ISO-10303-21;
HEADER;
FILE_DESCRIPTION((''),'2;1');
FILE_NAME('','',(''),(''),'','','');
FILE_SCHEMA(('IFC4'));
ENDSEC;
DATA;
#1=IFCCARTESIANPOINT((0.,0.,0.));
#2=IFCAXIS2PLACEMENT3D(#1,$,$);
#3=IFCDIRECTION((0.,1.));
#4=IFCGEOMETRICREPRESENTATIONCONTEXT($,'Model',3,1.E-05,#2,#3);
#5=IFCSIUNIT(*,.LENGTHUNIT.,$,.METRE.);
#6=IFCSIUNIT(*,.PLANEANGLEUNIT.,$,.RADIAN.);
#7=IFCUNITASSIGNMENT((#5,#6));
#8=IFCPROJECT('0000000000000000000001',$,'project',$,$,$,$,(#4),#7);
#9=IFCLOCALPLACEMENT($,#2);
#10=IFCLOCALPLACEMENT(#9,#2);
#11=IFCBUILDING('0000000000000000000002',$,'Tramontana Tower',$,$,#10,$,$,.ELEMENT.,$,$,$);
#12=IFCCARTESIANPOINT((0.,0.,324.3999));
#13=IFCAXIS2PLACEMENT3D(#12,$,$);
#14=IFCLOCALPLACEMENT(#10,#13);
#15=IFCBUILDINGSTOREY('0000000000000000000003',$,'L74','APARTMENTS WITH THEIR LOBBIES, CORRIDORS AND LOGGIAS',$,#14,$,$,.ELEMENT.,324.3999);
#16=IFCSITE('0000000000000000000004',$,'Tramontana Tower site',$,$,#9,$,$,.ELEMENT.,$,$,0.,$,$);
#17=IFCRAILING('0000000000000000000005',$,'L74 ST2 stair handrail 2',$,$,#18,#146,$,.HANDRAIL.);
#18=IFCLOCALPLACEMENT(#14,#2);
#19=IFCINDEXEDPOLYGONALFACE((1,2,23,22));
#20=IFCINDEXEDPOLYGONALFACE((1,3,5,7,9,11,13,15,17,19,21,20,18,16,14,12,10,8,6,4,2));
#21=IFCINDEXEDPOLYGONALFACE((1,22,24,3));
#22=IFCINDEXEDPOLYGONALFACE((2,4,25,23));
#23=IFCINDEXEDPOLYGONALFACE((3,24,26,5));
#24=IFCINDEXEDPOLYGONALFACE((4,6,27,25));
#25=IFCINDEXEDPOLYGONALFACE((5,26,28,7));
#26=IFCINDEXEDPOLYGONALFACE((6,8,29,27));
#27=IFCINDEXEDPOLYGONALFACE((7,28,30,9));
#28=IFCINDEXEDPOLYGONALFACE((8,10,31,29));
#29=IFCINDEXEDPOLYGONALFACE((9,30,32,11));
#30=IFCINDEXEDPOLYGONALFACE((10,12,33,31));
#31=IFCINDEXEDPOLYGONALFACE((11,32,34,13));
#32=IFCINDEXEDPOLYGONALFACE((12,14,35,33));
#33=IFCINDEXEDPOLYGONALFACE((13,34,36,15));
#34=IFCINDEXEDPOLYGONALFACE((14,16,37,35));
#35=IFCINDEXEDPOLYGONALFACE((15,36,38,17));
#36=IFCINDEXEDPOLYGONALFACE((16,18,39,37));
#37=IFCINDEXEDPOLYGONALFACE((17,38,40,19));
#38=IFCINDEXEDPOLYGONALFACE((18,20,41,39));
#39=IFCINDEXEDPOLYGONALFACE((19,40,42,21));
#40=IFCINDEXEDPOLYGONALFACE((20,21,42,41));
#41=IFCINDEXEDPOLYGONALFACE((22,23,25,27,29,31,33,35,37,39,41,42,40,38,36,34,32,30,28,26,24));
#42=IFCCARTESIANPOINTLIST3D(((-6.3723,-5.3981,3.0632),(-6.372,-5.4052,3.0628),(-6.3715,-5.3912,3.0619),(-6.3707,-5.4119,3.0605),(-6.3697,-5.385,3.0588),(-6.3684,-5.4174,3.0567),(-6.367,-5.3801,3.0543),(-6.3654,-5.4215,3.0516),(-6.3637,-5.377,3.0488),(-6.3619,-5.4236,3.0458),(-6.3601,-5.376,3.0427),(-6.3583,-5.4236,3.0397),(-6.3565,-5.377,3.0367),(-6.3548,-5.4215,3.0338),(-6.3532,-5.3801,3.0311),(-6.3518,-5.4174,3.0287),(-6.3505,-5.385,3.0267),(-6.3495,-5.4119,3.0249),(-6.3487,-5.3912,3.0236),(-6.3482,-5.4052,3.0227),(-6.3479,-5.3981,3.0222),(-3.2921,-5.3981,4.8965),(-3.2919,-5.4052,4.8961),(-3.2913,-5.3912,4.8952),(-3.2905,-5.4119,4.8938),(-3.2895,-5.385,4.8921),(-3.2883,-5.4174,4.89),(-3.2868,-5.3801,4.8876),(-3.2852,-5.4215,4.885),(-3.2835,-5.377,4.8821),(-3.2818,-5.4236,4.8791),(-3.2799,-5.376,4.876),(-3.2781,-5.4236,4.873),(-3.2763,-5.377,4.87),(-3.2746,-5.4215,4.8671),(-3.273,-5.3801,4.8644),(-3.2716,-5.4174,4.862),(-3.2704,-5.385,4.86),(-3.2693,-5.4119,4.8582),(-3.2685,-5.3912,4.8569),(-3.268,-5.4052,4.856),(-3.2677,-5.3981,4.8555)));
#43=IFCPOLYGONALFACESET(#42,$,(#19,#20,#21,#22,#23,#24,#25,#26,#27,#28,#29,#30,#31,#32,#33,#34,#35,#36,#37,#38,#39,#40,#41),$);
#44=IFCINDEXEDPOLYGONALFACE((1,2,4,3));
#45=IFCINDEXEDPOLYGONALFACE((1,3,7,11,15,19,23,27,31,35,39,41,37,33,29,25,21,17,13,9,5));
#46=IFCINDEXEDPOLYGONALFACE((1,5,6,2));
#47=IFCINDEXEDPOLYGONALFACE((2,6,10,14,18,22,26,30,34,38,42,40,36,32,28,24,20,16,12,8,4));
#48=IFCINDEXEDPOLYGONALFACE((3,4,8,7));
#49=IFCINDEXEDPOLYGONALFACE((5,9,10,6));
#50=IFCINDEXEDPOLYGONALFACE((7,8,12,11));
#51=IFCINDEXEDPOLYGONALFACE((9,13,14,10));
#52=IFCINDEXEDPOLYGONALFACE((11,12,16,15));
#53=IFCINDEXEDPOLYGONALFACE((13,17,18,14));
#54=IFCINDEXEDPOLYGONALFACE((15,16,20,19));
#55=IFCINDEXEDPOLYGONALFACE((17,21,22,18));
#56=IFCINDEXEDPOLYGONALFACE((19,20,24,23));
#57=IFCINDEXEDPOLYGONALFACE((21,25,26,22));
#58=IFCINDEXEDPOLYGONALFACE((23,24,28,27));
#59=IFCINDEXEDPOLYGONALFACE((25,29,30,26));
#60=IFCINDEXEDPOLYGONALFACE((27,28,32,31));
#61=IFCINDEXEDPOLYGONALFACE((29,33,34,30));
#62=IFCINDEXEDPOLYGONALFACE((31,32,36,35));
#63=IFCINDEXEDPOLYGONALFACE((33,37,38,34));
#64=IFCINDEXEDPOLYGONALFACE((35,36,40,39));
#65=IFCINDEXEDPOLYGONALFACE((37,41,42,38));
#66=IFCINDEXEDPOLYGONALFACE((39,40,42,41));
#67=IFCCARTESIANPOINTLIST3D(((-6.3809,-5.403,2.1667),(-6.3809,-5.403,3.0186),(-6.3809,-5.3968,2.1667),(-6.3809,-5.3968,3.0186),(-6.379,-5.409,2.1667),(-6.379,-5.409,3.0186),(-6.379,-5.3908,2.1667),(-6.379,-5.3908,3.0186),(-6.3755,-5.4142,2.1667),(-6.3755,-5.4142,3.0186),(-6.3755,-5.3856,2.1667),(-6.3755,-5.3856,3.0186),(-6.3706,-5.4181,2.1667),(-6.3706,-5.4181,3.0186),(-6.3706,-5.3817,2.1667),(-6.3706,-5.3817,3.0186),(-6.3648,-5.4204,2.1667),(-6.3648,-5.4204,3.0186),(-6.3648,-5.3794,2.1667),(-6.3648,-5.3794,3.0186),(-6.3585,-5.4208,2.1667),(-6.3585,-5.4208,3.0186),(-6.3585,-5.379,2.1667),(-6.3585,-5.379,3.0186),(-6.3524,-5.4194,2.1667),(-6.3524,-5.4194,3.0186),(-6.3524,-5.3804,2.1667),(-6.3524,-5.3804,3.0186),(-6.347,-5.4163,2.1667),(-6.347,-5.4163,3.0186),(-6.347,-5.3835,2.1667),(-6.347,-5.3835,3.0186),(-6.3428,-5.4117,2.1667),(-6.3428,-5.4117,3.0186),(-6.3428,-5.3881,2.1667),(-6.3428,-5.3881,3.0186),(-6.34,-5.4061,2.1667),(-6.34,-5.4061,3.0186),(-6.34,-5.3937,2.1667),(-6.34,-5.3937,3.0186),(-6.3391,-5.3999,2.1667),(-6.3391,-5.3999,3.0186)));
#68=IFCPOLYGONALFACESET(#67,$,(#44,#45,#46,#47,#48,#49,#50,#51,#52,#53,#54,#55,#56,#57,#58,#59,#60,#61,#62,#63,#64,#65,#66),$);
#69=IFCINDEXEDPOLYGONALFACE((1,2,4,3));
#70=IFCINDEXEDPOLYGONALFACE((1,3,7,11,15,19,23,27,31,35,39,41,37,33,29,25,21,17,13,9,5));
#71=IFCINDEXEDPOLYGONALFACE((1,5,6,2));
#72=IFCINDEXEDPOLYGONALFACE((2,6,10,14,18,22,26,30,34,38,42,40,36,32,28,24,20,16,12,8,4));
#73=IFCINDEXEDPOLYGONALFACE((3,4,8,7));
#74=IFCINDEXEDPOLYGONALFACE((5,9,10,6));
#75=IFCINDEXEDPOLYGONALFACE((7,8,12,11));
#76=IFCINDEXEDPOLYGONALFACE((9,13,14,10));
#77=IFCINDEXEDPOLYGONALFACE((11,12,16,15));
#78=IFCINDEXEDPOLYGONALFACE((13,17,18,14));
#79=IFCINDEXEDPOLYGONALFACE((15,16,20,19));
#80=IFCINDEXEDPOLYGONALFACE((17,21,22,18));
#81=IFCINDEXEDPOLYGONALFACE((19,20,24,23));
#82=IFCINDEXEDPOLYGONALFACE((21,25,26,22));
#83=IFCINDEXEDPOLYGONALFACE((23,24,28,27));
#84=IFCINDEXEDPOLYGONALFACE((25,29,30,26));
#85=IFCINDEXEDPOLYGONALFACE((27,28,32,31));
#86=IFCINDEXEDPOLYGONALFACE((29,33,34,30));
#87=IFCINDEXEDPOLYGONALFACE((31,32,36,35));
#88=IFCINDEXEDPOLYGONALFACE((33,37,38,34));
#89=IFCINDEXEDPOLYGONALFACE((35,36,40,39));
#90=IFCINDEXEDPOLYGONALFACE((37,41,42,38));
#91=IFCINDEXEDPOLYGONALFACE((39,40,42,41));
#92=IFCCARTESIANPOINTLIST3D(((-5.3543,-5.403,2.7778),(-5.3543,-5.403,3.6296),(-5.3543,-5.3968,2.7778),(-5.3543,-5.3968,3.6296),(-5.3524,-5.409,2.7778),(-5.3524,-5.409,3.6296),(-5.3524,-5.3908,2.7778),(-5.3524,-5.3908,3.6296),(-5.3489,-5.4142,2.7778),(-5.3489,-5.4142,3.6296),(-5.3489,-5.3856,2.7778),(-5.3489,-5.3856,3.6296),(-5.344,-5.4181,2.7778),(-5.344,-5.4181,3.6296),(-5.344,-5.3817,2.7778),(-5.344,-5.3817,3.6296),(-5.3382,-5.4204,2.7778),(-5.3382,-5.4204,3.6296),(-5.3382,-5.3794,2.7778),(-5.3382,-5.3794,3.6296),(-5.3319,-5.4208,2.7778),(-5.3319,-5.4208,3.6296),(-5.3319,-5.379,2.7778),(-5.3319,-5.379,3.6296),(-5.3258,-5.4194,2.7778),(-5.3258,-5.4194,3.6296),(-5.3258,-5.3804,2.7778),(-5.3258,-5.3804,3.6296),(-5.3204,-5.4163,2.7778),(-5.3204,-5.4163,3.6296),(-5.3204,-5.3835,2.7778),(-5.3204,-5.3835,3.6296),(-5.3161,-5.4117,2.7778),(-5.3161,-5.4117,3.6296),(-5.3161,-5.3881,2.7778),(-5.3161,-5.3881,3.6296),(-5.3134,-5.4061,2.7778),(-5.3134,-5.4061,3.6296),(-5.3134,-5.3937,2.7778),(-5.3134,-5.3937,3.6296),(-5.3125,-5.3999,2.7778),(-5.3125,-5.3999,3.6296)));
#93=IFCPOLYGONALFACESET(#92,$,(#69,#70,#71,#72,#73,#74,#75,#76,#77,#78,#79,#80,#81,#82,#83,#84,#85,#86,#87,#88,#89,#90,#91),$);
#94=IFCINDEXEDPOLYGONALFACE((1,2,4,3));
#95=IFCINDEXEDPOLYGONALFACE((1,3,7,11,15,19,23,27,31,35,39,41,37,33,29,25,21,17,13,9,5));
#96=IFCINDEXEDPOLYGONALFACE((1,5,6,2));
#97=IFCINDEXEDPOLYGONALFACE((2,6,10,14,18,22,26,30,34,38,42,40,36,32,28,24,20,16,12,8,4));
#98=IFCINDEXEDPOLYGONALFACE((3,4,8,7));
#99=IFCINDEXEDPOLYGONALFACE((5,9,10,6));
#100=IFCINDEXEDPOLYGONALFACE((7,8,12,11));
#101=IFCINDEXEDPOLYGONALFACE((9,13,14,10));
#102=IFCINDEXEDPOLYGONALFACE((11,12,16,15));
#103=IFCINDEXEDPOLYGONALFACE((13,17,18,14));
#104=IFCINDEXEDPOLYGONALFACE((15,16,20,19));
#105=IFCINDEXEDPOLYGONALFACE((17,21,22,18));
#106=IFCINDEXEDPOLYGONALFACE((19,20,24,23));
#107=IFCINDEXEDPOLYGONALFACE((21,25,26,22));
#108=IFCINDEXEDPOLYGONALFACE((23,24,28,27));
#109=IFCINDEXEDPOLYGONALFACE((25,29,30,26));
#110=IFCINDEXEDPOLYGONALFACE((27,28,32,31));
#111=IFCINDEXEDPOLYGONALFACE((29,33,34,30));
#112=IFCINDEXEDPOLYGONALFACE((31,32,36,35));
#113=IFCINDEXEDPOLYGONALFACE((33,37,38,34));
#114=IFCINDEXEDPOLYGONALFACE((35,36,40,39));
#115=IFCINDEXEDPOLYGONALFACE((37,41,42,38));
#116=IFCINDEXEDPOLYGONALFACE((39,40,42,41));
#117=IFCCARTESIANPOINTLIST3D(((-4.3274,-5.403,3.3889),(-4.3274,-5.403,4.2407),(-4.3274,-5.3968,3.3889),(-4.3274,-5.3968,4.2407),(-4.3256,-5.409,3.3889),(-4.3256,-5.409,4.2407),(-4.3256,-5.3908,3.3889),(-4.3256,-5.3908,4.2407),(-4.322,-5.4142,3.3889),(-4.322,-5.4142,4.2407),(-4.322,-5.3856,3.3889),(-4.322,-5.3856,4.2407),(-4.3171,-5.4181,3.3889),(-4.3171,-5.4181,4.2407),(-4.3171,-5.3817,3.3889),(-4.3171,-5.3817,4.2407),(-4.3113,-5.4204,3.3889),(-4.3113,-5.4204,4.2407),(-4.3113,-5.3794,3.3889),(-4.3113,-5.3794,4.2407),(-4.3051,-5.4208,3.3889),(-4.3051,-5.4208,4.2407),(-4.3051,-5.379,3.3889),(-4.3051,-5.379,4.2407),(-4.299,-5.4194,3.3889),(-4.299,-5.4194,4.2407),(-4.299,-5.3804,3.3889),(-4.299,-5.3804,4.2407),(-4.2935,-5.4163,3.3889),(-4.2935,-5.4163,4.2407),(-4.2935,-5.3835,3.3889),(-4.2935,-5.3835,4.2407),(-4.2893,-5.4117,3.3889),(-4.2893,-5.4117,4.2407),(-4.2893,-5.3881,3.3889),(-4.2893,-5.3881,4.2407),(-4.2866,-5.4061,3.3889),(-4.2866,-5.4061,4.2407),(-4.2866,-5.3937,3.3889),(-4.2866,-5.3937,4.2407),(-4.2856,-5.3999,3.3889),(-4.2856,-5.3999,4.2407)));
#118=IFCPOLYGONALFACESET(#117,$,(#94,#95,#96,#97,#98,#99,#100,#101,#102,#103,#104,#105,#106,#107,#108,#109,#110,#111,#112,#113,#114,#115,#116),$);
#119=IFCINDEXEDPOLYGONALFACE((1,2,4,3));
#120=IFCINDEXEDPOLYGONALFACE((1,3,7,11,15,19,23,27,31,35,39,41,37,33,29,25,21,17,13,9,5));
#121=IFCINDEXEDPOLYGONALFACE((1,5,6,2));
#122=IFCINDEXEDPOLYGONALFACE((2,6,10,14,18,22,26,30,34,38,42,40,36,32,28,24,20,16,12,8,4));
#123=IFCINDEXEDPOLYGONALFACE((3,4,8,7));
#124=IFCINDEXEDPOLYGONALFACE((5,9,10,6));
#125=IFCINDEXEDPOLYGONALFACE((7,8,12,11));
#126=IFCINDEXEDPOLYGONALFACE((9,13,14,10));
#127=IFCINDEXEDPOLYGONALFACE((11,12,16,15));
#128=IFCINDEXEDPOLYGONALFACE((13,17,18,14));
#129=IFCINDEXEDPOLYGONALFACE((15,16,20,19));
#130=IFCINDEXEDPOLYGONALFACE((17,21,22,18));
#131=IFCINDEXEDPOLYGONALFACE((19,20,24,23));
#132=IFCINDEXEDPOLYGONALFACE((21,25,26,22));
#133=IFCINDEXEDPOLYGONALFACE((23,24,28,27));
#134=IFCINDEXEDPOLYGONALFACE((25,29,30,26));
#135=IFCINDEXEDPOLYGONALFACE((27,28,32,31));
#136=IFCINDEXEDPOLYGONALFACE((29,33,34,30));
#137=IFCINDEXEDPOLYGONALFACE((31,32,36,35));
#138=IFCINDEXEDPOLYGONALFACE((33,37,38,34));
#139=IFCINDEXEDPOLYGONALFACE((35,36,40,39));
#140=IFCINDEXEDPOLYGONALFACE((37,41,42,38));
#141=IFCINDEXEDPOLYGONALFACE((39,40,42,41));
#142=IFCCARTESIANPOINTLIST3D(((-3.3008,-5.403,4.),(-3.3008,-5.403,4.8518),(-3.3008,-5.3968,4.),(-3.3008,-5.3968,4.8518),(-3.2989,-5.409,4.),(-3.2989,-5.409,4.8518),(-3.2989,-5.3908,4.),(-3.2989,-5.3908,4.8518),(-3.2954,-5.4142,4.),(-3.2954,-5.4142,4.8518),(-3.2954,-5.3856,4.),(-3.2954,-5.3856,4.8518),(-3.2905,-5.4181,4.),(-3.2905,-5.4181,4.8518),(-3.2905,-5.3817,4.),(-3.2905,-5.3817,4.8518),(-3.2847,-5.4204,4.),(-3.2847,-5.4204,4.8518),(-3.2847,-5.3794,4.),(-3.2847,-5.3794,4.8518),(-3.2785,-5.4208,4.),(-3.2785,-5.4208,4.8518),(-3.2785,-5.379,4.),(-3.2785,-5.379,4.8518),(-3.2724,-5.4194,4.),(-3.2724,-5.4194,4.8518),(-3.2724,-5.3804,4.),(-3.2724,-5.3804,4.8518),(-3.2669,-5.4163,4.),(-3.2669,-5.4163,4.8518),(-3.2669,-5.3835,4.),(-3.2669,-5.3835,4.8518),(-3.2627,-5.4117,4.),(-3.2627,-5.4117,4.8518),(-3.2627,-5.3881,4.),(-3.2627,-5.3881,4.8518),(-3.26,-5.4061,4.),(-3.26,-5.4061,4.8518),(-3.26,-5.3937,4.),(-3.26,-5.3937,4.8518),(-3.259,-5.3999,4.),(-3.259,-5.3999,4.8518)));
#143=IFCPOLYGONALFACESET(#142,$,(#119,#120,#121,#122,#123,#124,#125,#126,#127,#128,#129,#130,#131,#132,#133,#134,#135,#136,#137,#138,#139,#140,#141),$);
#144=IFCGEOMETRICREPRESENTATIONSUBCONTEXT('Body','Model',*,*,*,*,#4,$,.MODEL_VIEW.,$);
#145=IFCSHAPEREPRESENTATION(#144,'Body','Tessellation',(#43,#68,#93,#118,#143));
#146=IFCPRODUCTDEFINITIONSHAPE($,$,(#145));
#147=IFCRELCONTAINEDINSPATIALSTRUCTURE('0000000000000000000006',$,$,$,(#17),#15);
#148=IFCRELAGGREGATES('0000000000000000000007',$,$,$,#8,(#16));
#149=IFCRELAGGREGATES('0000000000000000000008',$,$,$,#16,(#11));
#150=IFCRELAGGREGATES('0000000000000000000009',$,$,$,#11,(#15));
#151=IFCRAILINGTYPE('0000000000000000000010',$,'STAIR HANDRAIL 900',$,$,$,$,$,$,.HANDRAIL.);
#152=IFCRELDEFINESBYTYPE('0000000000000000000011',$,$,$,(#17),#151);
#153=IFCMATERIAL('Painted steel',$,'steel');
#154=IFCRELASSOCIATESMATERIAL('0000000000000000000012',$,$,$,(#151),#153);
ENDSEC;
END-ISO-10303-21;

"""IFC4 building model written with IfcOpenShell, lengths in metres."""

from ifc_helpers import new_model, si_unit, direction, frame, origin, origin_2d, place, context, subcontext, project, spatial, circle, extrude, material, type_object, element, save


model = new_model("IFC4")

# Units and contexts
model_context = context("Model", 3, precision=1e-05, world=origin(), true_north=direction((0.0, 1.0)))
body_context = subcontext(model_context, "Body", "Model", "MODEL_VIEW")
ifc_project = project(units=[si_unit("LENGTHUNIT", "METRE"), si_unit("PLANEANGLEUNIT", "RADIAN")], contexts=[model_context])

# Site, building, storey
site_placement = place(None, origin())
site = spatial("IfcSite", under=ifc_project, at=site_placement, Name="Tramontana Tower site", CompositionType="ELEMENT", RefElevation=0.0)
building_placement = place(site_placement, origin())
building = spatial("IfcBuilding", under=site, at=building_placement, Name="Tramontana Tower", CompositionType="ELEMENT")
storey_placement = place(building_placement, frame((0.0, 0.0, 324.3999)))
storey = spatial("IfcBuildingStorey", under=building, at=storey_placement, Name="L74", Description="APARTMENTS WITH THEIR LOBBIES, CORRIDORS AND LOGGIAS", CompositionType="ELEMENT", Elevation=324.3999)

# Railing
ifc_material_1 = material(Name="Painted steel", Category="steel")
railing_type_1 = type_object("IfcRailingType", Name="STAIR HANDRAIL 900", PredefinedType="HANDRAIL", material=ifc_material_1)
railing_1_placement = place(storey_placement, frame((-6.3601, -5.3999, 2.1667)))
element("IfcRailing", 1, at=railing_1_placement, inside=storey, type_object=railing_type_1, Name="L74 ST2 stair handrail 2", PredefinedType="HANDRAIL", context=body_context, shape_type="SweptSolid", body=[
    extrude(circle(Radius=0.0239, at=origin_2d()), frame((0.0, 0.0, 0.876), z_axis=(0.859309, 0.0, 0.511458), x_axis=(0.0, 1.0, 0.0)), (0.0, 0.0, 1.0), 3.5845),
    extrude(circle(Radius=0.021, at=origin_2d()), origin(), (0.0, 0.0, 1.0), 0.8518),
    extrude(circle(Radius=0.021, at=origin_2d()), frame((1.0266, 0.0, 0.6111)), (0.0, 0.0, 1.0), 0.8518),
    extrude(circle(Radius=0.021, at=origin_2d()), frame((2.0535, 0.0, 1.2222)), (0.0, 0.0, 1.0), 0.8518),
    extrude(circle(Radius=0.021, at=origin_2d()), frame((3.0801, 0.0, 1.8333)), (0.0, 0.0, 1.0), 0.8518),
])

save(model, "model.ifc")
